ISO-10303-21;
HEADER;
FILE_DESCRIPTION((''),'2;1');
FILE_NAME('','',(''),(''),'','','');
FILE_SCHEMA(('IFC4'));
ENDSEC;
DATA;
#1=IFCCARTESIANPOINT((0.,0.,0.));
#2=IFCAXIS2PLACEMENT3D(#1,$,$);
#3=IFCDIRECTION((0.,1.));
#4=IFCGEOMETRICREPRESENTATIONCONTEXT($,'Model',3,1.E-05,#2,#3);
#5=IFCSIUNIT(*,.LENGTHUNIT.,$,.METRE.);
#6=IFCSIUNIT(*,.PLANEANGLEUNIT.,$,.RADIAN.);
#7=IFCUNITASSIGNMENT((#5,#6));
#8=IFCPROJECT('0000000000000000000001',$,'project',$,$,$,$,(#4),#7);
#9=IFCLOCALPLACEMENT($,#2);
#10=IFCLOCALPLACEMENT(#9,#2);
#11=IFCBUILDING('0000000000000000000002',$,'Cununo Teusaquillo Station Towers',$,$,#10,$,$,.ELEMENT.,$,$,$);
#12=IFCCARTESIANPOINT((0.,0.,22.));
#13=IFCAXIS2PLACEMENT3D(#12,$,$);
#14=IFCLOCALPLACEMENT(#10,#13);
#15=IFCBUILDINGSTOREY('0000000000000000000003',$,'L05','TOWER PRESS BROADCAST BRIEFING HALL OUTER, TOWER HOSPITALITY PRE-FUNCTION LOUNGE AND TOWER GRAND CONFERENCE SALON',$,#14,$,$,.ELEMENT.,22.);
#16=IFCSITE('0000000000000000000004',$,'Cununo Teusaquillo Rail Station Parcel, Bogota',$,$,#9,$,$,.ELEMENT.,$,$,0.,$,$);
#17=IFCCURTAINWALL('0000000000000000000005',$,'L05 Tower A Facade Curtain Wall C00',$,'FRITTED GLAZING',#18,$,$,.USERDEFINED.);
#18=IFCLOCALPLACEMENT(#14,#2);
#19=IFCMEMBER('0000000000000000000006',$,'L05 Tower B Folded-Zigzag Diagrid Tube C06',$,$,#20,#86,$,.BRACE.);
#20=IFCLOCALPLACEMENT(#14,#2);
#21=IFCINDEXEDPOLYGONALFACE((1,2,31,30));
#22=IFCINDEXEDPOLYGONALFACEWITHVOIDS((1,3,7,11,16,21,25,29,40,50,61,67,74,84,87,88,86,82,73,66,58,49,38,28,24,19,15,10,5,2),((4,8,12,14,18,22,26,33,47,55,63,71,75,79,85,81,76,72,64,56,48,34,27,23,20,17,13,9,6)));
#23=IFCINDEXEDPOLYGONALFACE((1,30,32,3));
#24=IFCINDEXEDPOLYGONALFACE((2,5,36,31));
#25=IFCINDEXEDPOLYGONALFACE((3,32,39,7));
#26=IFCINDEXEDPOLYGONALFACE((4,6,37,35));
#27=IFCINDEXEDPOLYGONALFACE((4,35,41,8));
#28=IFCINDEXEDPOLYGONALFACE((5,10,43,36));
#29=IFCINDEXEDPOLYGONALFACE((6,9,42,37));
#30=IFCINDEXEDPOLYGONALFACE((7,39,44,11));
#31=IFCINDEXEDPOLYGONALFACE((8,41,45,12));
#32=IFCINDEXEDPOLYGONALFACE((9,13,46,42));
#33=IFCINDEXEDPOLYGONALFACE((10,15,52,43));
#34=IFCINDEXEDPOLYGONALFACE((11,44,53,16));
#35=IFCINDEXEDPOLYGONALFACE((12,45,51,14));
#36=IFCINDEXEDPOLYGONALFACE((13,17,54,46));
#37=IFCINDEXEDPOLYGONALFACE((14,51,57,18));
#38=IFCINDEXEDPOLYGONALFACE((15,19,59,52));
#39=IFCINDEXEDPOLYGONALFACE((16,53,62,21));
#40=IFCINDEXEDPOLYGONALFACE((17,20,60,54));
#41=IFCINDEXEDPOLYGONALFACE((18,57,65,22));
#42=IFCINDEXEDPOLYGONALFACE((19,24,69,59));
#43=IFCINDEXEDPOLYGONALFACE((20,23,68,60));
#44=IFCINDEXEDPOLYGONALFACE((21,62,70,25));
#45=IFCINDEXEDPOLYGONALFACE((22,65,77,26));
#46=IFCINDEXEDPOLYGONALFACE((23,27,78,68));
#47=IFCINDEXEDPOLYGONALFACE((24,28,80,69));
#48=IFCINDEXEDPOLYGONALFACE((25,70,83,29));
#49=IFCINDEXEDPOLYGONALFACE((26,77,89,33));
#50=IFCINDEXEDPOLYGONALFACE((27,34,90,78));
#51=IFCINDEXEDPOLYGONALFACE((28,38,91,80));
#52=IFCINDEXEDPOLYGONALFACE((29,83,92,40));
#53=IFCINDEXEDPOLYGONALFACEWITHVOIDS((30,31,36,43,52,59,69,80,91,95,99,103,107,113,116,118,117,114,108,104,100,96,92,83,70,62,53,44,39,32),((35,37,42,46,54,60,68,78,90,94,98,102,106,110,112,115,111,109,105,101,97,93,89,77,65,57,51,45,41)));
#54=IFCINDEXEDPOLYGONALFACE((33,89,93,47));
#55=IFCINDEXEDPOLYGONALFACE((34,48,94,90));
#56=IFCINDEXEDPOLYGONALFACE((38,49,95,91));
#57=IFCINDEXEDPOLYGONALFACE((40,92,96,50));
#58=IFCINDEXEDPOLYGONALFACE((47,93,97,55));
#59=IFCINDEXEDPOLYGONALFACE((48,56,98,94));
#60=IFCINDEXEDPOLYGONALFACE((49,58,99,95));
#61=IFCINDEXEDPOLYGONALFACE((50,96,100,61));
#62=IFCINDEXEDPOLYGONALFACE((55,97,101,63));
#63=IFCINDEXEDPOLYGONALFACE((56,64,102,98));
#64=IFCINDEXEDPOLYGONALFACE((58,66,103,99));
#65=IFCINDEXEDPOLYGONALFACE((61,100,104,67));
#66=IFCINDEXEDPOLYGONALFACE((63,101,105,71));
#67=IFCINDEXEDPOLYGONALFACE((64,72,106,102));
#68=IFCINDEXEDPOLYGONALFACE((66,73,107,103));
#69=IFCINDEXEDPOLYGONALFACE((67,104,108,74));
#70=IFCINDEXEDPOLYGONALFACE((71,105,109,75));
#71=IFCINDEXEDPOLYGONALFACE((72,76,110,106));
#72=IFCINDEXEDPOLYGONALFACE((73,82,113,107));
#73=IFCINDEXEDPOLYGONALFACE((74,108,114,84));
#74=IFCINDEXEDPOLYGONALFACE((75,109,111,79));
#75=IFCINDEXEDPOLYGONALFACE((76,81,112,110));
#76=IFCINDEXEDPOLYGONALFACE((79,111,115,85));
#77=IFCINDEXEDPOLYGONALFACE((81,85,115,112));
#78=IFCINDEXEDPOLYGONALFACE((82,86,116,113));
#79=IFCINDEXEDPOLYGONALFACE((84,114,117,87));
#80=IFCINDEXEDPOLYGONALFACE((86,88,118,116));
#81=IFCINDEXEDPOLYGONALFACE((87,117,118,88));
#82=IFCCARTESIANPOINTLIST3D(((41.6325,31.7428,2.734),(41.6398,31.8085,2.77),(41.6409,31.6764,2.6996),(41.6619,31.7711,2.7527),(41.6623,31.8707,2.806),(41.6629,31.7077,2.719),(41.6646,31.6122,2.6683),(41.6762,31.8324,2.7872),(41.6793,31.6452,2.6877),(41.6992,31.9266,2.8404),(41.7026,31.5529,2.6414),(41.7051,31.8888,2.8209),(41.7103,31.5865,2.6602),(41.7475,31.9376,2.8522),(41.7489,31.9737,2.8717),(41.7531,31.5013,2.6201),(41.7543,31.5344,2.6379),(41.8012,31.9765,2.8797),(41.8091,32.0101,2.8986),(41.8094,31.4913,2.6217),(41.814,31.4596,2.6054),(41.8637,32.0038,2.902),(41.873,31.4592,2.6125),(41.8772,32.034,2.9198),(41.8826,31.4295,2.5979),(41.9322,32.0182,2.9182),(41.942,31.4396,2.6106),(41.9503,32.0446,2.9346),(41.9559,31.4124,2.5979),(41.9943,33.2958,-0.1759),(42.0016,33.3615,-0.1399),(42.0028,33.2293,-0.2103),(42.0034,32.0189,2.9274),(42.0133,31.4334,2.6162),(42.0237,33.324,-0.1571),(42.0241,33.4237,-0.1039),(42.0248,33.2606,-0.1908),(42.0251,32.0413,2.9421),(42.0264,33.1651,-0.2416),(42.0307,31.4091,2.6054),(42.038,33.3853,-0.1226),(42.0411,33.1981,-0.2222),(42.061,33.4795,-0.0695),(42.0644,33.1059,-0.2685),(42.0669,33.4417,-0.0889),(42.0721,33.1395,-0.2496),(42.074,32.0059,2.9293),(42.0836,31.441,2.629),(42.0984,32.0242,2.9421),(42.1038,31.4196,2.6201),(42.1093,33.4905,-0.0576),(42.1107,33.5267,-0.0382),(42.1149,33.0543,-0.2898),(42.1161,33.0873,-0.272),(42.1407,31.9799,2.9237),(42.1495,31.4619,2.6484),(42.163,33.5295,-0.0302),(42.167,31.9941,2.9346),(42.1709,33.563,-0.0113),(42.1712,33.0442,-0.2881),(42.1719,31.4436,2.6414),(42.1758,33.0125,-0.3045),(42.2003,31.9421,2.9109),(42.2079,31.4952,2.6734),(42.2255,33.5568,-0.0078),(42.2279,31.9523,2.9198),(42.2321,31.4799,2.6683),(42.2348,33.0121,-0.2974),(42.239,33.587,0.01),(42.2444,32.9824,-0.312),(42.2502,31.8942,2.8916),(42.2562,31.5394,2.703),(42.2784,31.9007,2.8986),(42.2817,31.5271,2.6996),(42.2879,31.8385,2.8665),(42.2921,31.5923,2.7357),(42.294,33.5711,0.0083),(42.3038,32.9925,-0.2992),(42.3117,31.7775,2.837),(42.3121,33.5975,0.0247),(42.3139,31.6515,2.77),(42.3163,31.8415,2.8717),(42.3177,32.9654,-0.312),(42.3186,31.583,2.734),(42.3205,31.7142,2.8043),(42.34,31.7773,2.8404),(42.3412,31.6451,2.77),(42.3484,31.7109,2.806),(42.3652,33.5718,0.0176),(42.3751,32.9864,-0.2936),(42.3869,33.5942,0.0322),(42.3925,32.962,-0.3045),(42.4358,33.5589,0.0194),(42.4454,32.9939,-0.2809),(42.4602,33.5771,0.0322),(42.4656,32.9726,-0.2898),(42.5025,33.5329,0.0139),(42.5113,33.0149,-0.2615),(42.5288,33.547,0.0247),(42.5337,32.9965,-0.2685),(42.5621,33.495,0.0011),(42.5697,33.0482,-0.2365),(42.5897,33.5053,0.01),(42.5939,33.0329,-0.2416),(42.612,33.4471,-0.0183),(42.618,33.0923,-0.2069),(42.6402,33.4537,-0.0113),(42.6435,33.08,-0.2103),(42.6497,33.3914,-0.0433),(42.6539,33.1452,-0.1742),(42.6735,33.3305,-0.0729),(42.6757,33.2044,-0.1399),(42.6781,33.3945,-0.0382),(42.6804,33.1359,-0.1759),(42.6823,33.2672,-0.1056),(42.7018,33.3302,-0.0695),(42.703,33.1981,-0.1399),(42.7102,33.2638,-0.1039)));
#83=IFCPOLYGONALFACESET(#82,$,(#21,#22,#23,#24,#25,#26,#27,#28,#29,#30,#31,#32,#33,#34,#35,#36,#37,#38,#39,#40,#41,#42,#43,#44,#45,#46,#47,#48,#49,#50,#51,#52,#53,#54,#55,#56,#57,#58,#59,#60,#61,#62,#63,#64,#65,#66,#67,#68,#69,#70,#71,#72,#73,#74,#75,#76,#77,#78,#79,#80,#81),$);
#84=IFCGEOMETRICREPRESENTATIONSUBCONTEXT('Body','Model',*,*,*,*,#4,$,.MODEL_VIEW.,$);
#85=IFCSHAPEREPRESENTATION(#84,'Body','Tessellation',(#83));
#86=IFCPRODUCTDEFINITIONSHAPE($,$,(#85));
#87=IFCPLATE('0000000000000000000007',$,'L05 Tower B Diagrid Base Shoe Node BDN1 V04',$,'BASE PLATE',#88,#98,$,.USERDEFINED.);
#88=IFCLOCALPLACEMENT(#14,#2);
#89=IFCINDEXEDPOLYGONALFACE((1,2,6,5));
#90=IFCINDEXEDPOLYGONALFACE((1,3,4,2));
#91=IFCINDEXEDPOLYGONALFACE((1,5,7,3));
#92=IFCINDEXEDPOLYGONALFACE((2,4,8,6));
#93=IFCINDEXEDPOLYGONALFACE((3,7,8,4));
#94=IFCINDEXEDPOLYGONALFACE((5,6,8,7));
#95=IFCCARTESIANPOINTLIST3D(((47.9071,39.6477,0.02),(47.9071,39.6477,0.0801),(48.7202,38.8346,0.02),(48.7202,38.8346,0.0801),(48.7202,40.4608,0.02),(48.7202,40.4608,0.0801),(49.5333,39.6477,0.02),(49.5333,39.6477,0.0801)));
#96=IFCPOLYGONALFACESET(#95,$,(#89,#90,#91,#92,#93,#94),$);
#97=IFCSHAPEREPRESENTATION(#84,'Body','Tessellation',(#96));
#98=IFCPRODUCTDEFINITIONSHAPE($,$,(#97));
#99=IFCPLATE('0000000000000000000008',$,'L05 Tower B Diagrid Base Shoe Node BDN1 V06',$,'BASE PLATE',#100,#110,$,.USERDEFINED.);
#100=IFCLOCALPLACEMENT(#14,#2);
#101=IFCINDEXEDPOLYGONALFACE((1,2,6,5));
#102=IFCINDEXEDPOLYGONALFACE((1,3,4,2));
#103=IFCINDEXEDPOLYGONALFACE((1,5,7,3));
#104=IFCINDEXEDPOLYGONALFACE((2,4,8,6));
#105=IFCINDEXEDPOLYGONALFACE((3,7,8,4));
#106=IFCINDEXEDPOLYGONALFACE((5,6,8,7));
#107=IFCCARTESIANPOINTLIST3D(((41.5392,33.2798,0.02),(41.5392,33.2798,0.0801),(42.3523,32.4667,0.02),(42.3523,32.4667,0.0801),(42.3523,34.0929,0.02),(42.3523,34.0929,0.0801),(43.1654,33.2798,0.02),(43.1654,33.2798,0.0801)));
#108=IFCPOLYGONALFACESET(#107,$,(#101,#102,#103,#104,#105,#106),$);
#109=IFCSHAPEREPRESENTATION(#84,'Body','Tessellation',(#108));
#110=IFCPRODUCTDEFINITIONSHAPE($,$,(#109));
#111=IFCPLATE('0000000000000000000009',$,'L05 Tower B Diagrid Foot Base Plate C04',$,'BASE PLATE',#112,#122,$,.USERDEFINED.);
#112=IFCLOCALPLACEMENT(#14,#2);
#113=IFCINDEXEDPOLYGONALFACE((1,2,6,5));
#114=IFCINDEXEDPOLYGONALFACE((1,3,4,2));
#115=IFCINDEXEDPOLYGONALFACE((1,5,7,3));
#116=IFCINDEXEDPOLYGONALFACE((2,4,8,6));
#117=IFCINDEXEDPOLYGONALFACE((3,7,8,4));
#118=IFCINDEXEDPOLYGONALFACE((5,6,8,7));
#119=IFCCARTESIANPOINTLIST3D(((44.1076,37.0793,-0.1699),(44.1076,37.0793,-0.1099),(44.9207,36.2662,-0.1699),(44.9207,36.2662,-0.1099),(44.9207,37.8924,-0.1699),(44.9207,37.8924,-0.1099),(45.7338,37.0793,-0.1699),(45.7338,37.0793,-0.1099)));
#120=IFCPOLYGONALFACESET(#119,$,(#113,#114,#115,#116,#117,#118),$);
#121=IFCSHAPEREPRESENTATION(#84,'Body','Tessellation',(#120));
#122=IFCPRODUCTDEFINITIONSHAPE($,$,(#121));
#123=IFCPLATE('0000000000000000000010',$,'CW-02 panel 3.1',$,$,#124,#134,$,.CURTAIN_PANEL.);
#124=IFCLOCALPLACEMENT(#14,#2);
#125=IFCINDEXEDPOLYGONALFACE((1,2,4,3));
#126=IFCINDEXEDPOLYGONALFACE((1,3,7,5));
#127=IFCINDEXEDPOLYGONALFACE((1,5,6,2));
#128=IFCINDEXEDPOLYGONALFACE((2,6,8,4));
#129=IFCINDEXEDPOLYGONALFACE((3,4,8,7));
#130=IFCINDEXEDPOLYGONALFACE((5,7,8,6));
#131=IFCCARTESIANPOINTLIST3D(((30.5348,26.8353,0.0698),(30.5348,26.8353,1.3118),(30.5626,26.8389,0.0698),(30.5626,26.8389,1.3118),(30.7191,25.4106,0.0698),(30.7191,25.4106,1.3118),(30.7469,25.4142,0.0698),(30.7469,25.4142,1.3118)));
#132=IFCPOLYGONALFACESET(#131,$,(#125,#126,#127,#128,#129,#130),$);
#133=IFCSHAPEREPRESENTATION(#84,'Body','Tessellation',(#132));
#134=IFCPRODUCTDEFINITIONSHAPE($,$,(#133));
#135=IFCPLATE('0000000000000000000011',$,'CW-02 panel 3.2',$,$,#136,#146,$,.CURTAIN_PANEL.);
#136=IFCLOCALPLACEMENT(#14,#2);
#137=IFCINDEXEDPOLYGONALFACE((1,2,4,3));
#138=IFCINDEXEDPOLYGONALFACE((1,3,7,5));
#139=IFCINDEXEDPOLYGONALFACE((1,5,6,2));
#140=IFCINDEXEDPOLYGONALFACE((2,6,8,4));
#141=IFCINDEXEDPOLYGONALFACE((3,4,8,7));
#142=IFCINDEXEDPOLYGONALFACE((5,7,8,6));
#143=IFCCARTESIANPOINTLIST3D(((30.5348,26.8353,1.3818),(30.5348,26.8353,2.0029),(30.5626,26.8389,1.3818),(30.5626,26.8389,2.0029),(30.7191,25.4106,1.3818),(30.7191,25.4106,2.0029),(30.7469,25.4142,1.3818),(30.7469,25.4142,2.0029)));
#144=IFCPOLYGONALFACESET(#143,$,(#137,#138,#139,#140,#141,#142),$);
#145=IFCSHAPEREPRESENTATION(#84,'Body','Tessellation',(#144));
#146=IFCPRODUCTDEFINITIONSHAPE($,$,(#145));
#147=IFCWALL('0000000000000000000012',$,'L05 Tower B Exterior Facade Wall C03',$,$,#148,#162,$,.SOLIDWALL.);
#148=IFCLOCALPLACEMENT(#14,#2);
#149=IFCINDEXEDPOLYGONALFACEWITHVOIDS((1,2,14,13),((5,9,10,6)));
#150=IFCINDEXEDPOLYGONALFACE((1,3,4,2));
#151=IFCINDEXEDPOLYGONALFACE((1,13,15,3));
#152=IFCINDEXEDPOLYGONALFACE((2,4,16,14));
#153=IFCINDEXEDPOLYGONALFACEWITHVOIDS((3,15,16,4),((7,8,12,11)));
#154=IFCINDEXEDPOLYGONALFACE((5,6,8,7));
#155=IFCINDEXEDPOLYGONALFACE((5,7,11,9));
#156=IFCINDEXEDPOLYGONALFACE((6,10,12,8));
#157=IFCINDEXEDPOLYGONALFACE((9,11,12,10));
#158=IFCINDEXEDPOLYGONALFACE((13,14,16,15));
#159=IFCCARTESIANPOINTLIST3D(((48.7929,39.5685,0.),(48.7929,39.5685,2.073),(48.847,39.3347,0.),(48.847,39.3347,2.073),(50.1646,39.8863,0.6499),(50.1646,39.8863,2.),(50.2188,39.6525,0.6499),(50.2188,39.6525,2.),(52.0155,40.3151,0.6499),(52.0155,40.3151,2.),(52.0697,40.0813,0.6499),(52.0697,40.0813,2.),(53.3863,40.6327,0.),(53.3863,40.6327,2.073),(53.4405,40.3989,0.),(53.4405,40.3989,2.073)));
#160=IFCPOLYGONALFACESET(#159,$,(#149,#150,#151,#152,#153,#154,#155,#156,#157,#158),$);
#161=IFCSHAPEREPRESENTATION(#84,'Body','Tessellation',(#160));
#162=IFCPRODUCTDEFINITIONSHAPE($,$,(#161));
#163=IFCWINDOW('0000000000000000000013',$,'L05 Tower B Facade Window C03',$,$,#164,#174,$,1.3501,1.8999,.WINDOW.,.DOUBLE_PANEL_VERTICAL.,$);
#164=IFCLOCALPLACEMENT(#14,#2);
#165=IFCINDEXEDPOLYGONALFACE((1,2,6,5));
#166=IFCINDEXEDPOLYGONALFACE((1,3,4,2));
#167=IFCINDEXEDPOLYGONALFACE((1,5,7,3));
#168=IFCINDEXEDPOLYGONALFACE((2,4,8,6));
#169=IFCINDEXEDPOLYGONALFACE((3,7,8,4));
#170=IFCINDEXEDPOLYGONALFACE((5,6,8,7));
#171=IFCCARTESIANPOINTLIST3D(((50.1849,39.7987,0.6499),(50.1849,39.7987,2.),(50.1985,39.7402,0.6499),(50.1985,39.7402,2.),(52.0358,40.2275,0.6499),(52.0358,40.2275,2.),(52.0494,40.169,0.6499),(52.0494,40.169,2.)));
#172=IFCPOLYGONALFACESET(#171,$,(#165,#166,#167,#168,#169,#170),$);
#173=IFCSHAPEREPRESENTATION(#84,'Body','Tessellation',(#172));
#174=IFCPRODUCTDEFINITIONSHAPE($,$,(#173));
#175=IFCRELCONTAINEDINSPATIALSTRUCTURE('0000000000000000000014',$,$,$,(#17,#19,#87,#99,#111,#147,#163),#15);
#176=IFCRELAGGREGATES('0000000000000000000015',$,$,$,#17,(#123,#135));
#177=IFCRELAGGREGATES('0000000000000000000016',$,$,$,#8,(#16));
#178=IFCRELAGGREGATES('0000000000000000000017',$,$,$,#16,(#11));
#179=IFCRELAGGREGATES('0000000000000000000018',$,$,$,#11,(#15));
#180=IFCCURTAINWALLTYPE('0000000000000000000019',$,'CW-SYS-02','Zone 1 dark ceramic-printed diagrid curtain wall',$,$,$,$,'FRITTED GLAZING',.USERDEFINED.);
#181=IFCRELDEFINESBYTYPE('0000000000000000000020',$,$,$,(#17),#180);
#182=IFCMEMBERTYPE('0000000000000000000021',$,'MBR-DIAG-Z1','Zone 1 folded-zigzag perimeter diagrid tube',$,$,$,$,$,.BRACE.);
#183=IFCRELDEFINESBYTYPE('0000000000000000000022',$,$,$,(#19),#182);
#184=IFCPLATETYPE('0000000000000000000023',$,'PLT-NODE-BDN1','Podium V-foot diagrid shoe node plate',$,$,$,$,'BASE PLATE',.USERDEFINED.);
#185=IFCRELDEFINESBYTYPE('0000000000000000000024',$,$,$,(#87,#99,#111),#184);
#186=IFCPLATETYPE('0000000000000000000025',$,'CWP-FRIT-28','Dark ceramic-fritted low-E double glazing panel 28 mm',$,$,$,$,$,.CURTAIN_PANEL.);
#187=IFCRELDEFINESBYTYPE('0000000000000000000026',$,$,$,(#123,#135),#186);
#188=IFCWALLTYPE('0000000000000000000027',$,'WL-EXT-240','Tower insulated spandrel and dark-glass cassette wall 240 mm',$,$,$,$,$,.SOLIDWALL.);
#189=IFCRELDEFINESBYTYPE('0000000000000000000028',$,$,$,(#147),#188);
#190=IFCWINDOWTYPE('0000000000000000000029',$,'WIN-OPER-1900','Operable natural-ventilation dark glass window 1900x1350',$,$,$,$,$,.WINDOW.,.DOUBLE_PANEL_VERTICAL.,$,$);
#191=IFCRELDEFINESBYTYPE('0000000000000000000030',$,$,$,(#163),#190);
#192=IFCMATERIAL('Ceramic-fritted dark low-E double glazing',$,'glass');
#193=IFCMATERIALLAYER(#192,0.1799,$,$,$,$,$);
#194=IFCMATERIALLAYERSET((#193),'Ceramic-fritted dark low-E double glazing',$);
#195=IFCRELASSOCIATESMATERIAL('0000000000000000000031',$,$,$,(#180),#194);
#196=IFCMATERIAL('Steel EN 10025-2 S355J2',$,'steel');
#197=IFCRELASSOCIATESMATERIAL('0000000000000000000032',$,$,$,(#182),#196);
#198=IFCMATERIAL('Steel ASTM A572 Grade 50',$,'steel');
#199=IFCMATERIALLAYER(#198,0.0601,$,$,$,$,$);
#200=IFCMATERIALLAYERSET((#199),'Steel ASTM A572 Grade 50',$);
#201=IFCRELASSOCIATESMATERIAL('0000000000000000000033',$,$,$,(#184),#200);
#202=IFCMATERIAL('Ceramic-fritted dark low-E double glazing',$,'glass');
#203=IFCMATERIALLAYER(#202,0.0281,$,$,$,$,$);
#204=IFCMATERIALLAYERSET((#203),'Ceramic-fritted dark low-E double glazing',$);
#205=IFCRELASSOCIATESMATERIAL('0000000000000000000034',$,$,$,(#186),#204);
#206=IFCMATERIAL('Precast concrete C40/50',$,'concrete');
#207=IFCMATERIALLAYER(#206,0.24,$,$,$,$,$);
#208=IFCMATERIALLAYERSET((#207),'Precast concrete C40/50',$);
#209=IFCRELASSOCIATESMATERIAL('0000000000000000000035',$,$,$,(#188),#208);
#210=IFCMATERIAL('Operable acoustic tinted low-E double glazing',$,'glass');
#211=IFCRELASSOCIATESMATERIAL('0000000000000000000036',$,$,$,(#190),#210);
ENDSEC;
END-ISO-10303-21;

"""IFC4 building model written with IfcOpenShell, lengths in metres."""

from ifc_helpers import new_model, si_unit, direction, frame, frame_2d, origin, origin_2d, place, context, subcontext, project, spatial, rectangle, hollow_circle, extrude, source, transform, mapped, material, layer, layer_set, material_profile, profile_set, type_object, element, fill, aggregate, save


model = new_model("IFC4")

# Units and contexts
model_context = context("Model", 3, precision=1e-05, world=origin(), true_north=direction((0.0, 1.0)))
body_context = subcontext(model_context, "Body", "Model", "MODEL_VIEW")
ifc_project = project(units=[si_unit("LENGTHUNIT", "METRE"), si_unit("PLANEANGLEUNIT", "RADIAN")], contexts=[model_context])

# Site, building, storey
site_placement = place(None, origin())
site = spatial("IfcSite", under=ifc_project, at=site_placement, Name="Cununo Teusaquillo Rail Station Parcel, Bogota", CompositionType="ELEMENT", RefElevation=0.0)
building_placement = place(site_placement, origin())
building = spatial("IfcBuilding", under=site, at=building_placement, Name="Cununo Teusaquillo Station Towers", CompositionType="ELEMENT")
storey_placement = place(building_placement, frame((0.0, 0.0, 22.0)))
storey = spatial("IfcBuildingStorey", under=building, at=storey_placement, Name="L05", Description="TOWER PRESS BROADCAST BRIEFING HALL OUTER, TOWER HOSPITALITY PRE-FUNCTION LOUNGE AND TOWER GRAND CONFERENCE SALON", CompositionType="ELEMENT", Elevation=22.0)

# Curtain wall
ifc_material_1 = material(Name="Ceramic-fritted dark low-E double glazing", Category="glass")
ifc_layer_1 = layer(ifc_material_1, 0.1799)
ifc_layer_set_1 = layer_set([ifc_layer_1], Name="Ceramic-fritted dark low-E double glazing")
curtain_wall_type = type_object("IfcCurtainWallType", Name="CW-SYS-02", Description="Zone 1 dark ceramic-printed diagrid curtain wall", ElementType="FRITTED GLAZING", PredefinedType="USERDEFINED", material=ifc_layer_set_1)
curtain_wall_placement = place(storey_placement, origin())
curtain_wall = element("IfcCurtainWall", 1, at=curtain_wall_placement, inside=storey, type_object=curtain_wall_type, Name="L05 Tower A Facade Curtain Wall C00", ObjectType="FRITTED GLAZING", PredefinedType="USERDEFINED")

# Member
ifc_material_2 = material(Name="Steel EN 10025-2 S355J2", Category="steel")
ifc_material_profile_1 = material_profile(ifc_material_2, hollow_circle(Radius=0.3601, WallThickness=0.0281, at=origin_2d()), Name="CHS 720x28")
ifc_profile_set_1 = profile_set([ifc_material_profile_1], Name="Steel EN 10025-2 S355J2")
member_type_1 = type_object("IfcMemberType", Name="MBR-DIAG-Z1", Description="Zone 1 folded-zigzag perimeter diagrid tube", PredefinedType="BRACE", material=ifc_profile_set_1)
member_1_placement = place(storey_placement, frame((42.3523, 33.2798, -0.1399), z_axis=(-0.109041, -0.468023, 0.876963), x_axis=(0.973917, -0.226905, 0.0)))
element("IfcMember", 2, at=member_1_placement, inside=storey, type_object=member_type_1, Name="L05 Tower B Folded-Zigzag Diagrid Tube C06", PredefinedType="BRACE", context=body_context, shape_type="SweptSolid", body=[
    extrude(hollow_circle(Radius=0.3601, WallThickness=0.0281, at=origin_2d()), origin(), (0.0, 0.0, 1.0), 3.3181),
])

# Plates
ifc_material_3 = material(Name="Steel ASTM A572 Grade 50", Category="steel")
ifc_layer_2 = layer(ifc_material_3, 0.0601)
ifc_layer_set_2 = layer_set([ifc_layer_2], Name="Steel ASTM A572 Grade 50")
plate_type_1 = type_object("IfcPlateType", Name="PLT-NODE-BDN1", Description="Podium V-foot diagrid shoe node plate", ElementType="BASE PLATE", PredefinedType="USERDEFINED", material=ifc_layer_set_2)
shared_shape_1 = source(origin(), body_context, "Body", "SweptSolid", [
    extrude(rectangle(XDim=1.1499, YDim=1.1499, at=origin_2d()), origin(), (0.0, 0.0, 1.0), 0.0601),
])
for number, where, z_axis, x_axis, name in (
    (3, (48.7202, 39.6477, 0.02), (0.0, 0.0, 1.0), (0.707107, 0.707107, 0.0), "L05 Tower B Diagrid Base Shoe Node BDN1 V04"),
    (4, (42.3523, 33.2798, 0.02), (0.0, 0.0, 1.0), (0.707107, 0.707107, 0.0), "L05 Tower B Diagrid Base Shoe Node BDN1 V06"),
    (5, (44.9207, 37.0793, -0.1699), (0.0, 0.0, 1.0), (0.707107, 0.707107, 0.0), "L05 Tower B Diagrid Foot Base Plate C04"),
):
    element("IfcPlate", number, at=place(storey_placement, frame(where, z_axis=z_axis, x_axis=x_axis)), inside=storey, type_object=plate_type_1, Name=name, ObjectType="BASE PLATE", PredefinedType="USERDEFINED", context=body_context, shape_type="MappedRepresentation", body=[
        mapped(shared_shape_1, transform((0.0, 0.0, 0.0), x_axis=(1.0, 0.0, 0.0), y_axis=(0.0, 1.0, 0.0), z_axis=(0.0, 0.0, 1.0), scale=1.0)),
    ])

# Plates
ifc_material_4 = material(Name="Ceramic-fritted dark low-E double glazing", Category="glass")
ifc_layer_3 = layer(ifc_material_4, 0.0281)
ifc_layer_set_3 = layer_set([ifc_layer_3], Name="Ceramic-fritted dark low-E double glazing")
plate_type_2 = type_object("IfcPlateType", Name="CWP-FRIT-28", Description="Dark ceramic-fritted low-E double glazing panel 28 mm", PredefinedType="CURTAIN_PANEL", material=ifc_layer_set_3)
shared_shape_2 = source(origin(), body_context, "Body", "SweptSolid", [
    extrude(rectangle(XDim=1.4365, YDim=0.0281, at=origin_2d()), origin(), (0.0, 0.0, 1.0), 1.2419),
])
plate_1_placement = place(storey_placement, frame((30.6409, 26.1248, 0.0698), z_axis=(0.0, 0.0, 1.0), x_axis=(0.128292, -0.991736, 0.0)))
plate_1 = element("IfcPlate", 6, at=plate_1_placement, type_object=plate_type_2, Name="CW-02 panel 3.1", PredefinedType="CURTAIN_PANEL", context=body_context, shape_type="MappedRepresentation", body=[
    mapped(shared_shape_2, transform((0.0, 0.0, 0.0), x_axis=(1.0, 0.0, 0.0), y_axis=(0.0, 1.0, 0.0), z_axis=(0.0, 0.0, 1.0), scale=1.0)),
])
shared_shape_3 = source(origin(), body_context, "Body", "SweptSolid", [
    extrude(rectangle(XDim=1.4365, YDim=0.0281, at=origin_2d()), origin(), (0.0, 0.0, 1.0), 0.6211),
])
plate_2_placement = place(storey_placement, frame((30.6409, 26.1248, 1.3818), z_axis=(0.0, 0.0, 1.0), x_axis=(0.128292, -0.991736, 0.0)))
plate_2 = element("IfcPlate", 7, at=plate_2_placement, type_object=plate_type_2, Name="CW-02 panel 3.2", PredefinedType="CURTAIN_PANEL", context=body_context, shape_type="MappedRepresentation", body=[
    mapped(shared_shape_3, transform((0.0, 0.0, 0.0), x_axis=(1.0, 0.0, 0.0), y_axis=(0.0, 1.0, 0.0), z_axis=(0.0, 0.0, 1.0), scale=1.0)),
])
aggregate(curtain_wall, [plate_1, plate_2])

# Wall, opening, window
ifc_material_5 = material(Name="Precast concrete C40/50", Category="concrete")
ifc_layer_4 = layer(ifc_material_5, 0.24)
ifc_layer_set_4 = layer_set([ifc_layer_4], Name="Precast concrete C40/50")
wall_type_1 = type_object("IfcWallType", Name="WL-EXT-240", Description="Tower insulated spandrel and dark-glass cassette wall 240 mm", PredefinedType="SOLIDWALL", material=ifc_layer_set_4)
wall_1_placement = place(storey_placement, frame((48.8201, 39.4517, 0.0), z_axis=(0.0, 0.0, 1.0), x_axis=(0.974197, 0.225699, 0.0)))
wall_1 = element("IfcWall", 8, at=wall_1_placement, inside=storey, type_object=wall_type_1, Name="L05 Tower B Exterior Facade Wall C03", PredefinedType="SOLIDWALL", context=body_context, shape_type="SweptSolid", body=[
    extrude(rectangle(XDim=4.7151, YDim=0.24, at=frame_2d((2.3574, 0.0))), origin(), (0.0, 0.0, 1.0), 2.073),
])
shared_shape_4 = source(origin(), body_context, "Body", "SweptSolid", [
    extrude(rectangle(XDim=1.8999, YDim=1.3501, at=frame_2d((0.95, 0.675))), frame((0.0, 0.1299, 0.0), z_axis=(0.0, -1.0, 0.0), x_axis=(1.0, 0.0, 0.0)), (0.0, 0.0, 1.0), 0.26),
])
opening_1_placement = place(wall_1_placement, frame((1.408, 0.0, 0.6499)))
opening_1 = element("IfcOpeningElement", 9, at=opening_1_placement, cuts=wall_1, PredefinedType="OPENING", context=body_context, shape_type="MappedRepresentation", body=[
    mapped(shared_shape_4, transform((0.0, 0.0, 0.0), x_axis=(1.0, 0.0, 0.0), y_axis=(0.0, 1.0, 0.0), z_axis=(0.0, 0.0, 1.0), scale=1.0)),
])
ifc_material_6 = material(Name="Operable acoustic tinted low-E double glazing", Category="glass")
window_type = type_object("IfcWindowType", Name="WIN-OPER-1900", Description="Operable natural-ventilation dark glass window 1900x1350", PartitioningType="DOUBLE_PANEL_VERTICAL", PredefinedType="WINDOW", material=ifc_material_6)
shared_shape_5 = source(origin(), body_context, "Body", "SweptSolid", [
    extrude(rectangle(XDim=1.8999, YDim=1.3501, at=frame_2d((0.95, 0.675))), frame((0.0, 0.03, 0.0), z_axis=(0.0, -1.0, 0.0), x_axis=(1.0, 0.0, 0.0)), (0.0, 0.0, 1.0), 0.0601),
])
window_1_placement = place(opening_1_placement, origin())
window_1 = element("IfcWindow", 10, at=window_1_placement, inside=storey, type_object=window_type, Name="L05 Tower B Facade Window C03", OverallHeight=1.3501, OverallWidth=1.8999, PartitioningType="DOUBLE_PANEL_VERTICAL", PredefinedType="WINDOW", context=body_context, shape_type="MappedRepresentation", body=[
    mapped(shared_shape_5, transform((0.0, 0.0, 0.0), x_axis=(1.0, 0.0, 0.0), y_axis=(0.0, 1.0, 0.0), z_axis=(0.0, 0.0, 1.0), scale=1.0)),
])
fill(opening_1, window_1)

save(model, "model.ifc")
